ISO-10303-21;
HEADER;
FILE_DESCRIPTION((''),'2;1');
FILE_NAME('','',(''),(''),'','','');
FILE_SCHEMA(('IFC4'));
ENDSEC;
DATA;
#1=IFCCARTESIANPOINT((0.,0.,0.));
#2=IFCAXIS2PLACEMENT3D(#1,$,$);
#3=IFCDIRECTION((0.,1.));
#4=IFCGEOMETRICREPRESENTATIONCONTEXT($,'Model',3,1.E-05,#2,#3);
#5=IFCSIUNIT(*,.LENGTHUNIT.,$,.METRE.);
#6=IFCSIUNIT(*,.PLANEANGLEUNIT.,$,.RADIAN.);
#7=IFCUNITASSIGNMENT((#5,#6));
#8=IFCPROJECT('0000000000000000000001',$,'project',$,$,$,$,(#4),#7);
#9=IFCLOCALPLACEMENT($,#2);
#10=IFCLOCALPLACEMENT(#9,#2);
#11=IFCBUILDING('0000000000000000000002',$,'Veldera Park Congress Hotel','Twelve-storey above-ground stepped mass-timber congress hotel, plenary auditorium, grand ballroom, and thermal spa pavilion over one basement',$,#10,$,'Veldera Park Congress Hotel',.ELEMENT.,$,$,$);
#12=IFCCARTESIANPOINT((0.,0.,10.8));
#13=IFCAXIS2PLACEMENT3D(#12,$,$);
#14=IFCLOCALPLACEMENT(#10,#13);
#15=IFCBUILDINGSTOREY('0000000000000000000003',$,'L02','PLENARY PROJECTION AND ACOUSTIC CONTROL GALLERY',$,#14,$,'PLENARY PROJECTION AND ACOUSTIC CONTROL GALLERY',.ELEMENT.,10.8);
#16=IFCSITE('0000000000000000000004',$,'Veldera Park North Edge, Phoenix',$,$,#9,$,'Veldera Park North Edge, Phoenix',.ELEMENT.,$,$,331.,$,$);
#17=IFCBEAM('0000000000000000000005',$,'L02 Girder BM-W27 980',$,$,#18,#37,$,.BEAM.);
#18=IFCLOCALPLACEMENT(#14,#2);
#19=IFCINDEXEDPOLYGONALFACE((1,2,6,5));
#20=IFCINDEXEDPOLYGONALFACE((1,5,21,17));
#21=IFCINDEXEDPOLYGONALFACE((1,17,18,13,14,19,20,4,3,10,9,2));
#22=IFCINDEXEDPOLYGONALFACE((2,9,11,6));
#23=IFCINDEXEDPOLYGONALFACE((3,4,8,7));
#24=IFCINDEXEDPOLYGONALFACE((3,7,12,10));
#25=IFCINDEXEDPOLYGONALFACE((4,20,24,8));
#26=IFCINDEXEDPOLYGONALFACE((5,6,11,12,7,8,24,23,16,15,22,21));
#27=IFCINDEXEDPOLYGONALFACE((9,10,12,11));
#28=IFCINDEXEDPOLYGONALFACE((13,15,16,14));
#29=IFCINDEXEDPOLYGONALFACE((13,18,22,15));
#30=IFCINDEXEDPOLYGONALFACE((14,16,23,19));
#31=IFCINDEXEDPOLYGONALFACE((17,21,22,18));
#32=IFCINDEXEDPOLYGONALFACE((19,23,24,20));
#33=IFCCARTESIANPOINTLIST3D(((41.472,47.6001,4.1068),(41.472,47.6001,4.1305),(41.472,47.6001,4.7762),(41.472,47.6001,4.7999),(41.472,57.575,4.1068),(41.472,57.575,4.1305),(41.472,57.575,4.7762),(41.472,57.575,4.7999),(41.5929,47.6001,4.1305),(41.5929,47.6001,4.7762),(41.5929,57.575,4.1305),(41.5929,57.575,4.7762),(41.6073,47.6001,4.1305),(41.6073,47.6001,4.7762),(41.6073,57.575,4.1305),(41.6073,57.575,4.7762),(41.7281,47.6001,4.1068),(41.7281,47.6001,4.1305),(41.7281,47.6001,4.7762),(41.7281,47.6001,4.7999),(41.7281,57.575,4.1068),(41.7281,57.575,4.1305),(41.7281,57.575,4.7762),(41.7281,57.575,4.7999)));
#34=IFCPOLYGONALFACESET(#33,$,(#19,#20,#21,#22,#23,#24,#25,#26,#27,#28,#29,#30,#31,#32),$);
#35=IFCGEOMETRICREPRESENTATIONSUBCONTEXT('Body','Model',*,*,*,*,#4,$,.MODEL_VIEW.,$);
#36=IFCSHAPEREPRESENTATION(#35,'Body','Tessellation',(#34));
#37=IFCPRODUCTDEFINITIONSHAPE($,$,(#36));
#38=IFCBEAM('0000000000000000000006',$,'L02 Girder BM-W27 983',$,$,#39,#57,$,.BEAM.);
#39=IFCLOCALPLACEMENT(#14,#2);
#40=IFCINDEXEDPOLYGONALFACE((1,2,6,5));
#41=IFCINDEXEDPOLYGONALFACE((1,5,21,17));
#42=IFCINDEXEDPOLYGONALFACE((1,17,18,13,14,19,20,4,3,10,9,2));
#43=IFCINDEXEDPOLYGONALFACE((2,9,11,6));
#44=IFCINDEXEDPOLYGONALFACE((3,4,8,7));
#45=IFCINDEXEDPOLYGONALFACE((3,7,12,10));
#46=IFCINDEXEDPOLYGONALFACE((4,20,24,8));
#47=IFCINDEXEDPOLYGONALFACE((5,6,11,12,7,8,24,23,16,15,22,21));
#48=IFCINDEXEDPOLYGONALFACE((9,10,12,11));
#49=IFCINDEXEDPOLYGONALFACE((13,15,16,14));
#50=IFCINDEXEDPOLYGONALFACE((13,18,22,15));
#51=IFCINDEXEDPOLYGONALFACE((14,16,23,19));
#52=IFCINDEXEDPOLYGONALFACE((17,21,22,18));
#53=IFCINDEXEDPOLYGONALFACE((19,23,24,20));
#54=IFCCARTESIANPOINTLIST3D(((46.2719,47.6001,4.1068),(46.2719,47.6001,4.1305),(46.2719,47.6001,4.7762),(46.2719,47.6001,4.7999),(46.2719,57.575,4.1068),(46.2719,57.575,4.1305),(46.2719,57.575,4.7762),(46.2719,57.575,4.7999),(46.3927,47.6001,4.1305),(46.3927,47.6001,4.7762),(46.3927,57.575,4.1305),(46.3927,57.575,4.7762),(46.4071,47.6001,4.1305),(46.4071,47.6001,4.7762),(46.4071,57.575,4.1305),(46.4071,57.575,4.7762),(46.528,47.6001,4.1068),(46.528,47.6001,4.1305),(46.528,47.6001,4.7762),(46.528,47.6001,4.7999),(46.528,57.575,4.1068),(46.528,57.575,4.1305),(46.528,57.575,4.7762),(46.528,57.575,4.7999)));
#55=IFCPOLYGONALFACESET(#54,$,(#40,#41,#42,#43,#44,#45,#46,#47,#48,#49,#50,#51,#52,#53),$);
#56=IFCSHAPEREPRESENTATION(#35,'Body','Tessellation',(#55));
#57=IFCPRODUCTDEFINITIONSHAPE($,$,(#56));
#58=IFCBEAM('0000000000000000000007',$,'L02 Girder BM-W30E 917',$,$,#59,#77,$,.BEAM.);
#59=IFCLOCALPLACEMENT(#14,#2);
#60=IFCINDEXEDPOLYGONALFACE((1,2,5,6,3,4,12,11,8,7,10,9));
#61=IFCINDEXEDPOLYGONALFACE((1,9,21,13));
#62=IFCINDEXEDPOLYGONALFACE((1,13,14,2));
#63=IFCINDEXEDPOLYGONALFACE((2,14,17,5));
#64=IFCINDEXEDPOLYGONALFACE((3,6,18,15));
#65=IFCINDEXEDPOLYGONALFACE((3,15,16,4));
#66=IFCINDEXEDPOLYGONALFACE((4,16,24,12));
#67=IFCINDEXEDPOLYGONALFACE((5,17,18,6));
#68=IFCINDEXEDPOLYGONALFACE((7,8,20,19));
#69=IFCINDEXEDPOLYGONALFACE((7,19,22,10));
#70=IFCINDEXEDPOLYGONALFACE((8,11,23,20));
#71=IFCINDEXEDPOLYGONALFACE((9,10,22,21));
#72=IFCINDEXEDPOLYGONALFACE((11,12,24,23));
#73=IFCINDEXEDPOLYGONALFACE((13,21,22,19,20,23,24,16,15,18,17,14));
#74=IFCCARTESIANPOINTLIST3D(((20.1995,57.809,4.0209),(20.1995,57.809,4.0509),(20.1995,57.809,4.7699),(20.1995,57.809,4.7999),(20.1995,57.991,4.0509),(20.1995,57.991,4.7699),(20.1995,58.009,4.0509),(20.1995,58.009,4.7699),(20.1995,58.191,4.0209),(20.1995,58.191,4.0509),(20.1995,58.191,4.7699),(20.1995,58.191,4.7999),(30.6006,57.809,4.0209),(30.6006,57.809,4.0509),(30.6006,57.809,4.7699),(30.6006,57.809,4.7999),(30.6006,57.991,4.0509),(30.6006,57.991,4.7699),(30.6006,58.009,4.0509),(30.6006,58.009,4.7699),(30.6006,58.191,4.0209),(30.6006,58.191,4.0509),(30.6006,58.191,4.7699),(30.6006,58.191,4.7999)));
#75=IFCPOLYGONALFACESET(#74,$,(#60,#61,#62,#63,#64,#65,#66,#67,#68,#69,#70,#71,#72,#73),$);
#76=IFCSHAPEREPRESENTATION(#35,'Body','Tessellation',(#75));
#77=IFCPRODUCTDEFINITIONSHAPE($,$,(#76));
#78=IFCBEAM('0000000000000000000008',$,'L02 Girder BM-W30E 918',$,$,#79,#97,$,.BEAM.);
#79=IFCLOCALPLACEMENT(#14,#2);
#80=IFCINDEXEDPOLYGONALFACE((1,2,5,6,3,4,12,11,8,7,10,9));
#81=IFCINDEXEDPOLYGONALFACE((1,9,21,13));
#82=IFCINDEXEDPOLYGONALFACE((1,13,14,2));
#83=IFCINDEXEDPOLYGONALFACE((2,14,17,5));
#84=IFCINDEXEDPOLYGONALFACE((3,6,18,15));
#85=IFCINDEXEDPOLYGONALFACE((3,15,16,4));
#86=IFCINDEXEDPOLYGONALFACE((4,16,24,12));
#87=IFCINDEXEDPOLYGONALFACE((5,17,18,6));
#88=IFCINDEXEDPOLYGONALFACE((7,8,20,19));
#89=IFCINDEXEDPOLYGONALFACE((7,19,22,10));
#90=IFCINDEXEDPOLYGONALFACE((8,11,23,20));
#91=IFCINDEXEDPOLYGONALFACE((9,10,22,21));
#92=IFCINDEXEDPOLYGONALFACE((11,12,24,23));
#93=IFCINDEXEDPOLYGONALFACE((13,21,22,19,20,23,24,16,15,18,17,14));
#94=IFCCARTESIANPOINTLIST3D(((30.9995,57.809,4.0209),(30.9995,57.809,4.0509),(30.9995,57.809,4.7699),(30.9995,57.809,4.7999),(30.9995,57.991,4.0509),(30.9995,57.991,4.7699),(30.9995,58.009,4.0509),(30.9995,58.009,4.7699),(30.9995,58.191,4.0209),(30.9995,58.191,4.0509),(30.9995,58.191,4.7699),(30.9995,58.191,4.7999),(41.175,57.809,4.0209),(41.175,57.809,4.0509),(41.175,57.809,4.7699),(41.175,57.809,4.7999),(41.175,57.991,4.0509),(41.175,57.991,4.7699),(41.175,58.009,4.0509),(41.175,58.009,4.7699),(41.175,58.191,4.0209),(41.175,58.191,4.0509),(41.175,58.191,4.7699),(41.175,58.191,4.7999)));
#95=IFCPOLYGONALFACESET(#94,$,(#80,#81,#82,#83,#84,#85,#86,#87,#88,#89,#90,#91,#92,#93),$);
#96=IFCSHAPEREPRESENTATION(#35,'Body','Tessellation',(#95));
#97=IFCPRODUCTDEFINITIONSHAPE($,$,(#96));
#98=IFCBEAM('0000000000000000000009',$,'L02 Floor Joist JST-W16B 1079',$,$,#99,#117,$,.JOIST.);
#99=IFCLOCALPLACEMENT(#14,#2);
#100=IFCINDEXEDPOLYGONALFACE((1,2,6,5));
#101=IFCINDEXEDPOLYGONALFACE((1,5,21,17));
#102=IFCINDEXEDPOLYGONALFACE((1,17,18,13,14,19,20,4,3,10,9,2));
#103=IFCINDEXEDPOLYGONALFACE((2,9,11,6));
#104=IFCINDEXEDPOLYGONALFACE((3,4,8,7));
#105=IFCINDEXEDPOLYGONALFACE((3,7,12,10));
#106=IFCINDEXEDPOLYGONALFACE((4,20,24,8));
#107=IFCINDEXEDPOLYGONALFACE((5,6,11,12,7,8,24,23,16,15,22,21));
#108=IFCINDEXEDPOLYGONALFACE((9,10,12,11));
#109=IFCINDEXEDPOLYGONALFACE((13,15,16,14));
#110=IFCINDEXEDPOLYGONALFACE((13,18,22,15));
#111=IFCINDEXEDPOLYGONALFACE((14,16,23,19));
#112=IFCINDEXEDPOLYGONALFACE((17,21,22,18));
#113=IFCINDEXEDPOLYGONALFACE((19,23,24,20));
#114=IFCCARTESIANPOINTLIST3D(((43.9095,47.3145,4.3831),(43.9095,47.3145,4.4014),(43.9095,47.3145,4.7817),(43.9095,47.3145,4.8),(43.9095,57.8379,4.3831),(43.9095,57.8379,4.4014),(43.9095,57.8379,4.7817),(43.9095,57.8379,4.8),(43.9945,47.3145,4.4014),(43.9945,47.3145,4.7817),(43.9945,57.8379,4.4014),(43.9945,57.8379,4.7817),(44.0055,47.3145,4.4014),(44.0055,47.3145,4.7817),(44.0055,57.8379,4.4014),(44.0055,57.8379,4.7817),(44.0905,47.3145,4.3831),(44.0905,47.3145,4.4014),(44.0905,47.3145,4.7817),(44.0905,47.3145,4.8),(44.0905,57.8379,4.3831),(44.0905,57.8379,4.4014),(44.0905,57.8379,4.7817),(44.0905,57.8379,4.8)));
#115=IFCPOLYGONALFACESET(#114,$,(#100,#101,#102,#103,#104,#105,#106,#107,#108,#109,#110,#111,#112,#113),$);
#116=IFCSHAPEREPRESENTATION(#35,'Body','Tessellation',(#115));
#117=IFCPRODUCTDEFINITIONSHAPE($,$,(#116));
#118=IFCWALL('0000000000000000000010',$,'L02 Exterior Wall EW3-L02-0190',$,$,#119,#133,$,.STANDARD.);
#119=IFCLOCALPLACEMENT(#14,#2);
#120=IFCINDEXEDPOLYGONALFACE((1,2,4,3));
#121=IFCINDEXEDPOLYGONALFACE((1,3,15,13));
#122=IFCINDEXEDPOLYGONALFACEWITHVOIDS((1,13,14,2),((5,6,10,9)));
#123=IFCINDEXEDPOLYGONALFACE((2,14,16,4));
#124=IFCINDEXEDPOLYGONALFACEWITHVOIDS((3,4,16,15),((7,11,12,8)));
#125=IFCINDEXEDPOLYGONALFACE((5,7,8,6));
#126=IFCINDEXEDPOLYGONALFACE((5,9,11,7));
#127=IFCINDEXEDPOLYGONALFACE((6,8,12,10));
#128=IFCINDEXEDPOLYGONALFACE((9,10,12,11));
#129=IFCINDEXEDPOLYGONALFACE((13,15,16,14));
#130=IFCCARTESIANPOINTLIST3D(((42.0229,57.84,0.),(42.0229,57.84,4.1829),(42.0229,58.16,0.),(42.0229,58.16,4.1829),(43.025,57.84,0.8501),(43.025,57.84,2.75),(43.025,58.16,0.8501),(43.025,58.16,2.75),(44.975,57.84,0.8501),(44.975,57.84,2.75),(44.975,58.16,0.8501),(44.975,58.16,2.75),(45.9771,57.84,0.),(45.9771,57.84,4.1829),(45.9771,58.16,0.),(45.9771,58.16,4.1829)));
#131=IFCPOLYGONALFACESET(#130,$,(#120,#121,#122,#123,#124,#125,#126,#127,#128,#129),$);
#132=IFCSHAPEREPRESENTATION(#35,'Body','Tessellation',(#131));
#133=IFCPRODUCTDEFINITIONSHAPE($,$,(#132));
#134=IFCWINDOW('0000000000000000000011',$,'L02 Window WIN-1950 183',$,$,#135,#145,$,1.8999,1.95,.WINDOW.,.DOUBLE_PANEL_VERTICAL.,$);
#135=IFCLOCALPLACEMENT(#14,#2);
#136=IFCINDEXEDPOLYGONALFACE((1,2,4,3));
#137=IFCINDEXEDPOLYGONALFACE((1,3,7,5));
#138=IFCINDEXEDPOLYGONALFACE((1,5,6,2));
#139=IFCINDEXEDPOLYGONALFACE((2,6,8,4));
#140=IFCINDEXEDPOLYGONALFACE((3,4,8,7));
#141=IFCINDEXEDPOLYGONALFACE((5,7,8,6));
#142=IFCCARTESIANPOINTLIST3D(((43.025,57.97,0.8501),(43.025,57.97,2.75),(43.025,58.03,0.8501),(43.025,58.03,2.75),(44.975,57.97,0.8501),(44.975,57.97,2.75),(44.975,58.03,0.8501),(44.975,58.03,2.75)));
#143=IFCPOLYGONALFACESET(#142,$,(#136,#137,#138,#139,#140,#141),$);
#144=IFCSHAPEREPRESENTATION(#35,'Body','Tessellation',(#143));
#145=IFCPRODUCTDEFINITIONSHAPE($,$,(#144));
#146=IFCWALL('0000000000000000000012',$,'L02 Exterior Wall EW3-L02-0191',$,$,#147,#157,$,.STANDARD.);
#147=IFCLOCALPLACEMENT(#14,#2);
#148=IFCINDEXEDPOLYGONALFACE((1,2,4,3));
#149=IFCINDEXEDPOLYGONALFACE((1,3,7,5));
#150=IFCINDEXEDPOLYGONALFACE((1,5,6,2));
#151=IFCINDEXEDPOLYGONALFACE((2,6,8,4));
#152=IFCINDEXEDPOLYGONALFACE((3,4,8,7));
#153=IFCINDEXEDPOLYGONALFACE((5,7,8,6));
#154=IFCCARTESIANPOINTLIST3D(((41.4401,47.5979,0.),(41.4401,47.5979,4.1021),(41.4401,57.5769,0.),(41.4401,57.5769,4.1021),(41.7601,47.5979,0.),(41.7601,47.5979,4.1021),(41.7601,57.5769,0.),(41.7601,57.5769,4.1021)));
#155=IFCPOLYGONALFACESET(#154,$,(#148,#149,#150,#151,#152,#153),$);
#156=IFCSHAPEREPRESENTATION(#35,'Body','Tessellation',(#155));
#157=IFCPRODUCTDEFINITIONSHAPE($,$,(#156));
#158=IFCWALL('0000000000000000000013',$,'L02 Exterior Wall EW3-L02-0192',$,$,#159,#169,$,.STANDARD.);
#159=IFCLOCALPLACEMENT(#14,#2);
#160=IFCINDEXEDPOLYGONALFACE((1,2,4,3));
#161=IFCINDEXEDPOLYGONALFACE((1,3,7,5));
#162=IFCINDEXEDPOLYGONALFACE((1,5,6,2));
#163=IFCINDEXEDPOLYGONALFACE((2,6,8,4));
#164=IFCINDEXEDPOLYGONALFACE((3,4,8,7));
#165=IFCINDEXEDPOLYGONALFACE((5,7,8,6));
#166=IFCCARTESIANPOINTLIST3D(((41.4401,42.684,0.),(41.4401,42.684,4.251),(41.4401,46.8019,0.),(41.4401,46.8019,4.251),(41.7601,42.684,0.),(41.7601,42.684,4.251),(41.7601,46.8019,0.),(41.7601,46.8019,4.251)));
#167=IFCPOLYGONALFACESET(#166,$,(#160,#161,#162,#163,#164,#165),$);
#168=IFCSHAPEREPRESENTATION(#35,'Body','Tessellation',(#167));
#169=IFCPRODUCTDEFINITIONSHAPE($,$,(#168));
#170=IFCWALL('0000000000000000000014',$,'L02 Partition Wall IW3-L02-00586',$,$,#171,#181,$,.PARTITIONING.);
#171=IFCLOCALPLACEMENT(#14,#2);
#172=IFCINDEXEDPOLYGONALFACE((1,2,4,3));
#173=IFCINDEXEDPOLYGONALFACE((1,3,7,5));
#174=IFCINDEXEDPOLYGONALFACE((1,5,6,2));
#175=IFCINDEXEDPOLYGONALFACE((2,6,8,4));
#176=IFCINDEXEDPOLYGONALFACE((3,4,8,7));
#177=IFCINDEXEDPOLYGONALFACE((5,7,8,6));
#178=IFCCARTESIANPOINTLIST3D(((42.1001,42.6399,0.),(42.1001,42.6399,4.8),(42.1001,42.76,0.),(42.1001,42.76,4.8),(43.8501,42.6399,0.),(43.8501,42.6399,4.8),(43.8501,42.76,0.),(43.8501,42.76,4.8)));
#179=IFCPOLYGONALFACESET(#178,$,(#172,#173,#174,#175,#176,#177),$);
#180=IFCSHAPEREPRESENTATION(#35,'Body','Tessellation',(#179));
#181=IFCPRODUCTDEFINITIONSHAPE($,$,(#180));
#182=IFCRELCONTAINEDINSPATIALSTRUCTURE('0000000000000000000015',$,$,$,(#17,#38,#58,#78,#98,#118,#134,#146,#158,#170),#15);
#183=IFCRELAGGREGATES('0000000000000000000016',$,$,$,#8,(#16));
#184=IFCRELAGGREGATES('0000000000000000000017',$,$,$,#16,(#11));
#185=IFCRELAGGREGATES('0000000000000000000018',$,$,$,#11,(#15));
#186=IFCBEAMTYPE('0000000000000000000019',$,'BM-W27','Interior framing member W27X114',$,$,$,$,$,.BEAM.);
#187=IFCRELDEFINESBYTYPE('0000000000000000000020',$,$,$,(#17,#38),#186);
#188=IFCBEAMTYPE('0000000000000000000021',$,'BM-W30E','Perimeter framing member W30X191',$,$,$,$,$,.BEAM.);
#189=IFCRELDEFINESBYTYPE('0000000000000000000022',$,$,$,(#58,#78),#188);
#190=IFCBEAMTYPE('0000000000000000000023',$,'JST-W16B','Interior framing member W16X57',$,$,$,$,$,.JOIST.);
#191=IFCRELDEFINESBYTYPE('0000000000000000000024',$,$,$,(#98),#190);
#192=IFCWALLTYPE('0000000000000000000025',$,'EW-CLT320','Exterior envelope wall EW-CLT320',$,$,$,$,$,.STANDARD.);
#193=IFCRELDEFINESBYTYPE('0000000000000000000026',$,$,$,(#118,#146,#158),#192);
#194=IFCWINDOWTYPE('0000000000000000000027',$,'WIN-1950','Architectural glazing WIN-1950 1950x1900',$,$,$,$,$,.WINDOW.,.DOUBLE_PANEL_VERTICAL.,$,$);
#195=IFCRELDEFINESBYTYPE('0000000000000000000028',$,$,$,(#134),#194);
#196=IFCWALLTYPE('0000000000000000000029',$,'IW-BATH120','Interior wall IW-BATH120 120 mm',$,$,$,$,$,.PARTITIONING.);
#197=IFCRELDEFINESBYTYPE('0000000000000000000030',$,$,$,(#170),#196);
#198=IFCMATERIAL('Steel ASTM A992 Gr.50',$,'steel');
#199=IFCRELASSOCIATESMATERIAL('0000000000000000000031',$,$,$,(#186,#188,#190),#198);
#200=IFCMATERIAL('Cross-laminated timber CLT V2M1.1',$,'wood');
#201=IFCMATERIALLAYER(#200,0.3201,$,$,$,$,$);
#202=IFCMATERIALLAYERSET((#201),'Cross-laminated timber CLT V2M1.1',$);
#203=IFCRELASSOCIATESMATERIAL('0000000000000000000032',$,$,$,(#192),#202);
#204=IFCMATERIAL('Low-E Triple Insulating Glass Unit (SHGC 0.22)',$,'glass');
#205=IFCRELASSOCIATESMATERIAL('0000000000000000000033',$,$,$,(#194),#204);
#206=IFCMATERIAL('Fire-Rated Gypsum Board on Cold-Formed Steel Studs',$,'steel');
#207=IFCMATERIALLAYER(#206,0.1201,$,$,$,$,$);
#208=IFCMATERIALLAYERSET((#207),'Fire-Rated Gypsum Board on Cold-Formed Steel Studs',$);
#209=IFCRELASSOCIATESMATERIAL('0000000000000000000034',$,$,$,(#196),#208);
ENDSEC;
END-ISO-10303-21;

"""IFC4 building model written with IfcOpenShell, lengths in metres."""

from ifc_helpers import new_model, si_unit, direction, frame, frame_2d, origin, origin_2d, place, context, subcontext, project, spatial, rectangle, i_section, extrude, material, layer, layer_set, material_profile, profile_set, type_object, element, fill, save


model = new_model("IFC4")

# Units and contexts
model_context = context("Model", 3, precision=1e-05, world=origin(), true_north=direction((0.0, 1.0)))
body_context = subcontext(model_context, "Body", "Model", "MODEL_VIEW")
ifc_project = project(units=[si_unit("LENGTHUNIT", "METRE"), si_unit("PLANEANGLEUNIT", "RADIAN")], contexts=[model_context])

# Site, building, storey
site_placement = place(None, origin())
site = spatial("IfcSite", under=ifc_project, at=site_placement, Name="Veldera Park North Edge, Phoenix", LongName="Veldera Park North Edge, Phoenix", CompositionType="ELEMENT", RefElevation=331.0)
building_placement = place(site_placement, origin())
building = spatial("IfcBuilding", under=site, at=building_placement, Name="Veldera Park Congress Hotel", Description="Twelve-storey above-ground stepped mass-timber congress hotel, plenary auditorium, grand ballroom, and thermal spa pavilion over one basement", LongName="Veldera Park Congress Hotel", CompositionType="ELEMENT")
storey_placement = place(building_placement, frame((0.0, 0.0, 10.8)))
storey = spatial("IfcBuildingStorey", under=building, at=storey_placement, Name="L02", Description="PLENARY PROJECTION AND ACOUSTIC CONTROL GALLERY", LongName="PLENARY PROJECTION AND ACOUSTIC CONTROL GALLERY", CompositionType="ELEMENT", Elevation=10.8)

# Shared definitions
ifc_material_1 = material(Name="Steel ASTM A992 Gr.50", Category="steel")

# Beams
ifc_material_profile_1 = material_profile(ifc_material_1, i_section(OverallWidth=0.2561, OverallDepth=0.6931, WebThickness=0.0144, FlangeThickness=0.0237, at=origin_2d()), Name="W27X114")
ifc_profile_set_1 = profile_set([ifc_material_profile_1], Name="Steel ASTM A992 Gr.50")
beam_type_1 = type_object("IfcBeamType", Name="BM-W27", Description="Interior framing member W27X114", PredefinedType="BEAM", material=ifc_profile_set_1)
for number, where, z_axis, x_axis, name in (
    (1, (41.6001, 47.6001, 4.4534), (0.0, 1.0, 0.0), (-1.0, 0.0, 0.0), "L02 Girder BM-W27 980"),
    (2, (46.3999, 47.6001, 4.4534), (0.0, 1.0, 0.0), (-1.0, 0.0, 0.0), "L02 Girder BM-W27 983"),
):
    element("IfcBeam", number, at=place(storey_placement, frame(where, z_axis=z_axis, x_axis=x_axis)), inside=storey, type_object=beam_type_1, Name=name, PredefinedType="BEAM", context=body_context, shape_type="SweptSolid", body=[
        extrude(i_section(OverallWidth=0.2561, OverallDepth=0.6931, WebThickness=0.0144, FlangeThickness=0.0237, at=origin_2d()), origin(), (0.0, 0.0, 1.0), 9.9749),
    ])
ifc_material_profile_2 = material_profile(ifc_material_1, i_section(OverallWidth=0.3821, OverallDepth=0.7791, WebThickness=0.0181, FlangeThickness=0.03, at=origin_2d()), Name="W30X191")
ifc_profile_set_2 = profile_set([ifc_material_profile_2], Name="Steel ASTM A992 Gr.50")
beam_type_2 = type_object("IfcBeamType", Name="BM-W30E", Description="Perimeter framing member W30X191", PredefinedType="BEAM", material=ifc_profile_set_2)
beam_1_placement = place(storey_placement, frame((20.1995, 58.0, 4.4104), z_axis=(1.0, 0.0, 0.0), x_axis=(0.0, 1.0, 0.0)))
element("IfcBeam", 3, at=beam_1_placement, inside=storey, type_object=beam_type_2, Name="L02 Girder BM-W30E 917", PredefinedType="BEAM", context=body_context, shape_type="SweptSolid", body=[
    extrude(i_section(OverallWidth=0.3821, OverallDepth=0.7791, WebThickness=0.0181, FlangeThickness=0.03, at=origin_2d()), origin(), (0.0, 0.0, 1.0), 10.4011),
])
beam_2_placement = place(storey_placement, frame((30.9995, 58.0, 4.4104), z_axis=(1.0, 0.0, 0.0), x_axis=(0.0, 1.0, 0.0)))
element("IfcBeam", 4, at=beam_2_placement, inside=storey, type_object=beam_type_2, Name="L02 Girder BM-W30E 918", PredefinedType="BEAM", context=body_context, shape_type="SweptSolid", body=[
    extrude(i_section(OverallWidth=0.3821, OverallDepth=0.7791, WebThickness=0.0181, FlangeThickness=0.03, at=origin_2d()), origin(), (0.0, 0.0, 1.0), 10.1755),
])
ifc_material_profile_3 = material_profile(ifc_material_1, i_section(OverallWidth=0.1809, OverallDepth=0.417, WebThickness=0.011, FlangeThickness=0.0183, at=origin_2d()), Name="W16X57")
ifc_profile_set_3 = profile_set([ifc_material_profile_3], Name="Steel ASTM A992 Gr.50")
beam_type_3 = type_object("IfcBeamType", Name="JST-W16B", Description="Interior framing member W16X57", PredefinedType="JOIST", material=ifc_profile_set_3)
beam_3_placement = place(storey_placement, frame((44.0, 47.3145, 4.5916), z_axis=(0.0, 1.0, 0.0), x_axis=(-1.0, 0.0, 0.0)))
element("IfcBeam", 5, at=beam_3_placement, inside=storey, type_object=beam_type_3, Name="L02 Floor Joist JST-W16B 1079", PredefinedType="JOIST", context=body_context, shape_type="SweptSolid", body=[
    extrude(i_section(OverallWidth=0.1809, OverallDepth=0.417, WebThickness=0.011, FlangeThickness=0.0183, at=origin_2d()), origin(), (0.0, 0.0, 1.0), 10.5234),
])

# Wall, opening, window
ifc_material_2 = material(Name="Cross-laminated timber CLT V2M1.1", Category="wood")
ifc_layer_1 = layer(ifc_material_2, 0.3201)
ifc_layer_set_1 = layer_set([ifc_layer_1], Name="Cross-laminated timber CLT V2M1.1")
wall_type_1 = type_object("IfcWallType", Name="EW-CLT320", Description="Exterior envelope wall EW-CLT320", PredefinedType="STANDARD", material=ifc_layer_set_1)
wall_1_placement = place(storey_placement, frame((45.9771, 58.0, 0.0), z_axis=(0.0, 0.0, 1.0), x_axis=(-1.0, 0.0, 0.0)))
wall_1 = element("IfcWall", 6, at=wall_1_placement, inside=storey, type_object=wall_type_1, Name="L02 Exterior Wall EW3-L02-0190", PredefinedType="STANDARD", context=body_context, shape_type="SweptSolid", body=[
    extrude(rectangle(XDim=3.9541, YDim=0.3201, at=frame_2d((1.9771, 0.0))), origin(), (0.0, 0.0, 1.0), 4.1829),
])
opening_placement = place(wall_1_placement, frame((1.002, 0.0, 0.8501)))
opening = element("IfcOpeningElement", 7, at=opening_placement, cuts=wall_1, PredefinedType="OPENING", context=body_context, shape_type="SweptSolid", body=[
    extrude(rectangle(XDim=1.95, YDim=1.8999, at=frame_2d((0.9751, 0.95))), frame((0.0, 0.1721, 0.0), z_axis=(0.0, -1.0, 0.0), x_axis=(1.0, 0.0, 0.0)), (0.0, 0.0, 1.0), 0.344),
])
ifc_material_3 = material(Name="Low-E Triple Insulating Glass Unit (SHGC 0.22)", Category="glass")
window_type = type_object("IfcWindowType", Name="WIN-1950", Description="Architectural glazing WIN-1950 1950x1900", PartitioningType="DOUBLE_PANEL_VERTICAL", PredefinedType="WINDOW", material=ifc_material_3)
window_placement = place(opening_placement, origin())
window = element("IfcWindow", 8, at=window_placement, inside=storey, type_object=window_type, Name="L02 Window WIN-1950 183", OverallHeight=1.8999, OverallWidth=1.95, PartitioningType="DOUBLE_PANEL_VERTICAL", PredefinedType="WINDOW", context=body_context, shape_type="SweptSolid", body=[
    extrude(rectangle(XDim=1.95, YDim=1.8999, at=frame_2d((0.9751, 0.95))), frame((0.0, 0.03, 0.0), z_axis=(0.0, -1.0, 0.0), x_axis=(1.0, 0.0, 0.0)), (0.0, 0.0, 1.0), 0.0601),
])
fill(opening, window)

# Walls
wall_2_placement = place(storey_placement, frame((41.6001, 57.5769, 0.0), z_axis=(0.0, 0.0, 1.0), x_axis=(0.0, -1.0, 0.0)))
element("IfcWall", 9, at=wall_2_placement, inside=storey, type_object=wall_type_1, Name="L02 Exterior Wall EW3-L02-0191", PredefinedType="STANDARD", context=body_context, shape_type="SweptSolid", body=[
    extrude(rectangle(XDim=9.979, YDim=0.3201, at=frame_2d((4.9895, 0.0))), origin(), (0.0, 0.0, 1.0), 4.1021),
])
wall_3_placement = place(storey_placement, frame((41.6001, 46.802, 0.0), z_axis=(0.0, 0.0, 1.0), x_axis=(0.0, -1.0, 0.0)))
element("IfcWall", 10, at=wall_3_placement, inside=storey, type_object=wall_type_1, Name="L02 Exterior Wall EW3-L02-0192", PredefinedType="STANDARD", context=body_context, shape_type="SweptSolid", body=[
    extrude(rectangle(XDim=4.1179, YDim=0.3201, at=frame_2d((2.0591, 0.0))), origin(), (0.0, 0.0, 1.0), 4.251),
])
ifc_material_4 = material(Name="Fire-Rated Gypsum Board on Cold-Formed Steel Studs", Category="steel")
ifc_layer_2 = layer(ifc_material_4, 0.1201)
ifc_layer_set_2 = layer_set([ifc_layer_2], Name="Fire-Rated Gypsum Board on Cold-Formed Steel Studs")
wall_type_2 = type_object("IfcWallType", Name="IW-BATH120", Description="Interior wall IW-BATH120 120 mm", PredefinedType="PARTITIONING", material=ifc_layer_set_2)
wall_4_placement = place(storey_placement, frame((42.1001, 42.7, 0.0), z_axis=(0.0, 0.0, 1.0), x_axis=(1.0, 0.0, 0.0)))
element("IfcWall", 11, at=wall_4_placement, inside=storey, type_object=wall_type_2, Name="L02 Partition Wall IW3-L02-00586", PredefinedType="PARTITIONING", context=body_context, shape_type="SweptSolid", body=[
    extrude(rectangle(XDim=1.75, YDim=0.1201, at=frame_2d((0.875, 0.0))), origin(), (0.0, 0.0, 1.0), 4.8),
])

save(model, "model.ifc")
